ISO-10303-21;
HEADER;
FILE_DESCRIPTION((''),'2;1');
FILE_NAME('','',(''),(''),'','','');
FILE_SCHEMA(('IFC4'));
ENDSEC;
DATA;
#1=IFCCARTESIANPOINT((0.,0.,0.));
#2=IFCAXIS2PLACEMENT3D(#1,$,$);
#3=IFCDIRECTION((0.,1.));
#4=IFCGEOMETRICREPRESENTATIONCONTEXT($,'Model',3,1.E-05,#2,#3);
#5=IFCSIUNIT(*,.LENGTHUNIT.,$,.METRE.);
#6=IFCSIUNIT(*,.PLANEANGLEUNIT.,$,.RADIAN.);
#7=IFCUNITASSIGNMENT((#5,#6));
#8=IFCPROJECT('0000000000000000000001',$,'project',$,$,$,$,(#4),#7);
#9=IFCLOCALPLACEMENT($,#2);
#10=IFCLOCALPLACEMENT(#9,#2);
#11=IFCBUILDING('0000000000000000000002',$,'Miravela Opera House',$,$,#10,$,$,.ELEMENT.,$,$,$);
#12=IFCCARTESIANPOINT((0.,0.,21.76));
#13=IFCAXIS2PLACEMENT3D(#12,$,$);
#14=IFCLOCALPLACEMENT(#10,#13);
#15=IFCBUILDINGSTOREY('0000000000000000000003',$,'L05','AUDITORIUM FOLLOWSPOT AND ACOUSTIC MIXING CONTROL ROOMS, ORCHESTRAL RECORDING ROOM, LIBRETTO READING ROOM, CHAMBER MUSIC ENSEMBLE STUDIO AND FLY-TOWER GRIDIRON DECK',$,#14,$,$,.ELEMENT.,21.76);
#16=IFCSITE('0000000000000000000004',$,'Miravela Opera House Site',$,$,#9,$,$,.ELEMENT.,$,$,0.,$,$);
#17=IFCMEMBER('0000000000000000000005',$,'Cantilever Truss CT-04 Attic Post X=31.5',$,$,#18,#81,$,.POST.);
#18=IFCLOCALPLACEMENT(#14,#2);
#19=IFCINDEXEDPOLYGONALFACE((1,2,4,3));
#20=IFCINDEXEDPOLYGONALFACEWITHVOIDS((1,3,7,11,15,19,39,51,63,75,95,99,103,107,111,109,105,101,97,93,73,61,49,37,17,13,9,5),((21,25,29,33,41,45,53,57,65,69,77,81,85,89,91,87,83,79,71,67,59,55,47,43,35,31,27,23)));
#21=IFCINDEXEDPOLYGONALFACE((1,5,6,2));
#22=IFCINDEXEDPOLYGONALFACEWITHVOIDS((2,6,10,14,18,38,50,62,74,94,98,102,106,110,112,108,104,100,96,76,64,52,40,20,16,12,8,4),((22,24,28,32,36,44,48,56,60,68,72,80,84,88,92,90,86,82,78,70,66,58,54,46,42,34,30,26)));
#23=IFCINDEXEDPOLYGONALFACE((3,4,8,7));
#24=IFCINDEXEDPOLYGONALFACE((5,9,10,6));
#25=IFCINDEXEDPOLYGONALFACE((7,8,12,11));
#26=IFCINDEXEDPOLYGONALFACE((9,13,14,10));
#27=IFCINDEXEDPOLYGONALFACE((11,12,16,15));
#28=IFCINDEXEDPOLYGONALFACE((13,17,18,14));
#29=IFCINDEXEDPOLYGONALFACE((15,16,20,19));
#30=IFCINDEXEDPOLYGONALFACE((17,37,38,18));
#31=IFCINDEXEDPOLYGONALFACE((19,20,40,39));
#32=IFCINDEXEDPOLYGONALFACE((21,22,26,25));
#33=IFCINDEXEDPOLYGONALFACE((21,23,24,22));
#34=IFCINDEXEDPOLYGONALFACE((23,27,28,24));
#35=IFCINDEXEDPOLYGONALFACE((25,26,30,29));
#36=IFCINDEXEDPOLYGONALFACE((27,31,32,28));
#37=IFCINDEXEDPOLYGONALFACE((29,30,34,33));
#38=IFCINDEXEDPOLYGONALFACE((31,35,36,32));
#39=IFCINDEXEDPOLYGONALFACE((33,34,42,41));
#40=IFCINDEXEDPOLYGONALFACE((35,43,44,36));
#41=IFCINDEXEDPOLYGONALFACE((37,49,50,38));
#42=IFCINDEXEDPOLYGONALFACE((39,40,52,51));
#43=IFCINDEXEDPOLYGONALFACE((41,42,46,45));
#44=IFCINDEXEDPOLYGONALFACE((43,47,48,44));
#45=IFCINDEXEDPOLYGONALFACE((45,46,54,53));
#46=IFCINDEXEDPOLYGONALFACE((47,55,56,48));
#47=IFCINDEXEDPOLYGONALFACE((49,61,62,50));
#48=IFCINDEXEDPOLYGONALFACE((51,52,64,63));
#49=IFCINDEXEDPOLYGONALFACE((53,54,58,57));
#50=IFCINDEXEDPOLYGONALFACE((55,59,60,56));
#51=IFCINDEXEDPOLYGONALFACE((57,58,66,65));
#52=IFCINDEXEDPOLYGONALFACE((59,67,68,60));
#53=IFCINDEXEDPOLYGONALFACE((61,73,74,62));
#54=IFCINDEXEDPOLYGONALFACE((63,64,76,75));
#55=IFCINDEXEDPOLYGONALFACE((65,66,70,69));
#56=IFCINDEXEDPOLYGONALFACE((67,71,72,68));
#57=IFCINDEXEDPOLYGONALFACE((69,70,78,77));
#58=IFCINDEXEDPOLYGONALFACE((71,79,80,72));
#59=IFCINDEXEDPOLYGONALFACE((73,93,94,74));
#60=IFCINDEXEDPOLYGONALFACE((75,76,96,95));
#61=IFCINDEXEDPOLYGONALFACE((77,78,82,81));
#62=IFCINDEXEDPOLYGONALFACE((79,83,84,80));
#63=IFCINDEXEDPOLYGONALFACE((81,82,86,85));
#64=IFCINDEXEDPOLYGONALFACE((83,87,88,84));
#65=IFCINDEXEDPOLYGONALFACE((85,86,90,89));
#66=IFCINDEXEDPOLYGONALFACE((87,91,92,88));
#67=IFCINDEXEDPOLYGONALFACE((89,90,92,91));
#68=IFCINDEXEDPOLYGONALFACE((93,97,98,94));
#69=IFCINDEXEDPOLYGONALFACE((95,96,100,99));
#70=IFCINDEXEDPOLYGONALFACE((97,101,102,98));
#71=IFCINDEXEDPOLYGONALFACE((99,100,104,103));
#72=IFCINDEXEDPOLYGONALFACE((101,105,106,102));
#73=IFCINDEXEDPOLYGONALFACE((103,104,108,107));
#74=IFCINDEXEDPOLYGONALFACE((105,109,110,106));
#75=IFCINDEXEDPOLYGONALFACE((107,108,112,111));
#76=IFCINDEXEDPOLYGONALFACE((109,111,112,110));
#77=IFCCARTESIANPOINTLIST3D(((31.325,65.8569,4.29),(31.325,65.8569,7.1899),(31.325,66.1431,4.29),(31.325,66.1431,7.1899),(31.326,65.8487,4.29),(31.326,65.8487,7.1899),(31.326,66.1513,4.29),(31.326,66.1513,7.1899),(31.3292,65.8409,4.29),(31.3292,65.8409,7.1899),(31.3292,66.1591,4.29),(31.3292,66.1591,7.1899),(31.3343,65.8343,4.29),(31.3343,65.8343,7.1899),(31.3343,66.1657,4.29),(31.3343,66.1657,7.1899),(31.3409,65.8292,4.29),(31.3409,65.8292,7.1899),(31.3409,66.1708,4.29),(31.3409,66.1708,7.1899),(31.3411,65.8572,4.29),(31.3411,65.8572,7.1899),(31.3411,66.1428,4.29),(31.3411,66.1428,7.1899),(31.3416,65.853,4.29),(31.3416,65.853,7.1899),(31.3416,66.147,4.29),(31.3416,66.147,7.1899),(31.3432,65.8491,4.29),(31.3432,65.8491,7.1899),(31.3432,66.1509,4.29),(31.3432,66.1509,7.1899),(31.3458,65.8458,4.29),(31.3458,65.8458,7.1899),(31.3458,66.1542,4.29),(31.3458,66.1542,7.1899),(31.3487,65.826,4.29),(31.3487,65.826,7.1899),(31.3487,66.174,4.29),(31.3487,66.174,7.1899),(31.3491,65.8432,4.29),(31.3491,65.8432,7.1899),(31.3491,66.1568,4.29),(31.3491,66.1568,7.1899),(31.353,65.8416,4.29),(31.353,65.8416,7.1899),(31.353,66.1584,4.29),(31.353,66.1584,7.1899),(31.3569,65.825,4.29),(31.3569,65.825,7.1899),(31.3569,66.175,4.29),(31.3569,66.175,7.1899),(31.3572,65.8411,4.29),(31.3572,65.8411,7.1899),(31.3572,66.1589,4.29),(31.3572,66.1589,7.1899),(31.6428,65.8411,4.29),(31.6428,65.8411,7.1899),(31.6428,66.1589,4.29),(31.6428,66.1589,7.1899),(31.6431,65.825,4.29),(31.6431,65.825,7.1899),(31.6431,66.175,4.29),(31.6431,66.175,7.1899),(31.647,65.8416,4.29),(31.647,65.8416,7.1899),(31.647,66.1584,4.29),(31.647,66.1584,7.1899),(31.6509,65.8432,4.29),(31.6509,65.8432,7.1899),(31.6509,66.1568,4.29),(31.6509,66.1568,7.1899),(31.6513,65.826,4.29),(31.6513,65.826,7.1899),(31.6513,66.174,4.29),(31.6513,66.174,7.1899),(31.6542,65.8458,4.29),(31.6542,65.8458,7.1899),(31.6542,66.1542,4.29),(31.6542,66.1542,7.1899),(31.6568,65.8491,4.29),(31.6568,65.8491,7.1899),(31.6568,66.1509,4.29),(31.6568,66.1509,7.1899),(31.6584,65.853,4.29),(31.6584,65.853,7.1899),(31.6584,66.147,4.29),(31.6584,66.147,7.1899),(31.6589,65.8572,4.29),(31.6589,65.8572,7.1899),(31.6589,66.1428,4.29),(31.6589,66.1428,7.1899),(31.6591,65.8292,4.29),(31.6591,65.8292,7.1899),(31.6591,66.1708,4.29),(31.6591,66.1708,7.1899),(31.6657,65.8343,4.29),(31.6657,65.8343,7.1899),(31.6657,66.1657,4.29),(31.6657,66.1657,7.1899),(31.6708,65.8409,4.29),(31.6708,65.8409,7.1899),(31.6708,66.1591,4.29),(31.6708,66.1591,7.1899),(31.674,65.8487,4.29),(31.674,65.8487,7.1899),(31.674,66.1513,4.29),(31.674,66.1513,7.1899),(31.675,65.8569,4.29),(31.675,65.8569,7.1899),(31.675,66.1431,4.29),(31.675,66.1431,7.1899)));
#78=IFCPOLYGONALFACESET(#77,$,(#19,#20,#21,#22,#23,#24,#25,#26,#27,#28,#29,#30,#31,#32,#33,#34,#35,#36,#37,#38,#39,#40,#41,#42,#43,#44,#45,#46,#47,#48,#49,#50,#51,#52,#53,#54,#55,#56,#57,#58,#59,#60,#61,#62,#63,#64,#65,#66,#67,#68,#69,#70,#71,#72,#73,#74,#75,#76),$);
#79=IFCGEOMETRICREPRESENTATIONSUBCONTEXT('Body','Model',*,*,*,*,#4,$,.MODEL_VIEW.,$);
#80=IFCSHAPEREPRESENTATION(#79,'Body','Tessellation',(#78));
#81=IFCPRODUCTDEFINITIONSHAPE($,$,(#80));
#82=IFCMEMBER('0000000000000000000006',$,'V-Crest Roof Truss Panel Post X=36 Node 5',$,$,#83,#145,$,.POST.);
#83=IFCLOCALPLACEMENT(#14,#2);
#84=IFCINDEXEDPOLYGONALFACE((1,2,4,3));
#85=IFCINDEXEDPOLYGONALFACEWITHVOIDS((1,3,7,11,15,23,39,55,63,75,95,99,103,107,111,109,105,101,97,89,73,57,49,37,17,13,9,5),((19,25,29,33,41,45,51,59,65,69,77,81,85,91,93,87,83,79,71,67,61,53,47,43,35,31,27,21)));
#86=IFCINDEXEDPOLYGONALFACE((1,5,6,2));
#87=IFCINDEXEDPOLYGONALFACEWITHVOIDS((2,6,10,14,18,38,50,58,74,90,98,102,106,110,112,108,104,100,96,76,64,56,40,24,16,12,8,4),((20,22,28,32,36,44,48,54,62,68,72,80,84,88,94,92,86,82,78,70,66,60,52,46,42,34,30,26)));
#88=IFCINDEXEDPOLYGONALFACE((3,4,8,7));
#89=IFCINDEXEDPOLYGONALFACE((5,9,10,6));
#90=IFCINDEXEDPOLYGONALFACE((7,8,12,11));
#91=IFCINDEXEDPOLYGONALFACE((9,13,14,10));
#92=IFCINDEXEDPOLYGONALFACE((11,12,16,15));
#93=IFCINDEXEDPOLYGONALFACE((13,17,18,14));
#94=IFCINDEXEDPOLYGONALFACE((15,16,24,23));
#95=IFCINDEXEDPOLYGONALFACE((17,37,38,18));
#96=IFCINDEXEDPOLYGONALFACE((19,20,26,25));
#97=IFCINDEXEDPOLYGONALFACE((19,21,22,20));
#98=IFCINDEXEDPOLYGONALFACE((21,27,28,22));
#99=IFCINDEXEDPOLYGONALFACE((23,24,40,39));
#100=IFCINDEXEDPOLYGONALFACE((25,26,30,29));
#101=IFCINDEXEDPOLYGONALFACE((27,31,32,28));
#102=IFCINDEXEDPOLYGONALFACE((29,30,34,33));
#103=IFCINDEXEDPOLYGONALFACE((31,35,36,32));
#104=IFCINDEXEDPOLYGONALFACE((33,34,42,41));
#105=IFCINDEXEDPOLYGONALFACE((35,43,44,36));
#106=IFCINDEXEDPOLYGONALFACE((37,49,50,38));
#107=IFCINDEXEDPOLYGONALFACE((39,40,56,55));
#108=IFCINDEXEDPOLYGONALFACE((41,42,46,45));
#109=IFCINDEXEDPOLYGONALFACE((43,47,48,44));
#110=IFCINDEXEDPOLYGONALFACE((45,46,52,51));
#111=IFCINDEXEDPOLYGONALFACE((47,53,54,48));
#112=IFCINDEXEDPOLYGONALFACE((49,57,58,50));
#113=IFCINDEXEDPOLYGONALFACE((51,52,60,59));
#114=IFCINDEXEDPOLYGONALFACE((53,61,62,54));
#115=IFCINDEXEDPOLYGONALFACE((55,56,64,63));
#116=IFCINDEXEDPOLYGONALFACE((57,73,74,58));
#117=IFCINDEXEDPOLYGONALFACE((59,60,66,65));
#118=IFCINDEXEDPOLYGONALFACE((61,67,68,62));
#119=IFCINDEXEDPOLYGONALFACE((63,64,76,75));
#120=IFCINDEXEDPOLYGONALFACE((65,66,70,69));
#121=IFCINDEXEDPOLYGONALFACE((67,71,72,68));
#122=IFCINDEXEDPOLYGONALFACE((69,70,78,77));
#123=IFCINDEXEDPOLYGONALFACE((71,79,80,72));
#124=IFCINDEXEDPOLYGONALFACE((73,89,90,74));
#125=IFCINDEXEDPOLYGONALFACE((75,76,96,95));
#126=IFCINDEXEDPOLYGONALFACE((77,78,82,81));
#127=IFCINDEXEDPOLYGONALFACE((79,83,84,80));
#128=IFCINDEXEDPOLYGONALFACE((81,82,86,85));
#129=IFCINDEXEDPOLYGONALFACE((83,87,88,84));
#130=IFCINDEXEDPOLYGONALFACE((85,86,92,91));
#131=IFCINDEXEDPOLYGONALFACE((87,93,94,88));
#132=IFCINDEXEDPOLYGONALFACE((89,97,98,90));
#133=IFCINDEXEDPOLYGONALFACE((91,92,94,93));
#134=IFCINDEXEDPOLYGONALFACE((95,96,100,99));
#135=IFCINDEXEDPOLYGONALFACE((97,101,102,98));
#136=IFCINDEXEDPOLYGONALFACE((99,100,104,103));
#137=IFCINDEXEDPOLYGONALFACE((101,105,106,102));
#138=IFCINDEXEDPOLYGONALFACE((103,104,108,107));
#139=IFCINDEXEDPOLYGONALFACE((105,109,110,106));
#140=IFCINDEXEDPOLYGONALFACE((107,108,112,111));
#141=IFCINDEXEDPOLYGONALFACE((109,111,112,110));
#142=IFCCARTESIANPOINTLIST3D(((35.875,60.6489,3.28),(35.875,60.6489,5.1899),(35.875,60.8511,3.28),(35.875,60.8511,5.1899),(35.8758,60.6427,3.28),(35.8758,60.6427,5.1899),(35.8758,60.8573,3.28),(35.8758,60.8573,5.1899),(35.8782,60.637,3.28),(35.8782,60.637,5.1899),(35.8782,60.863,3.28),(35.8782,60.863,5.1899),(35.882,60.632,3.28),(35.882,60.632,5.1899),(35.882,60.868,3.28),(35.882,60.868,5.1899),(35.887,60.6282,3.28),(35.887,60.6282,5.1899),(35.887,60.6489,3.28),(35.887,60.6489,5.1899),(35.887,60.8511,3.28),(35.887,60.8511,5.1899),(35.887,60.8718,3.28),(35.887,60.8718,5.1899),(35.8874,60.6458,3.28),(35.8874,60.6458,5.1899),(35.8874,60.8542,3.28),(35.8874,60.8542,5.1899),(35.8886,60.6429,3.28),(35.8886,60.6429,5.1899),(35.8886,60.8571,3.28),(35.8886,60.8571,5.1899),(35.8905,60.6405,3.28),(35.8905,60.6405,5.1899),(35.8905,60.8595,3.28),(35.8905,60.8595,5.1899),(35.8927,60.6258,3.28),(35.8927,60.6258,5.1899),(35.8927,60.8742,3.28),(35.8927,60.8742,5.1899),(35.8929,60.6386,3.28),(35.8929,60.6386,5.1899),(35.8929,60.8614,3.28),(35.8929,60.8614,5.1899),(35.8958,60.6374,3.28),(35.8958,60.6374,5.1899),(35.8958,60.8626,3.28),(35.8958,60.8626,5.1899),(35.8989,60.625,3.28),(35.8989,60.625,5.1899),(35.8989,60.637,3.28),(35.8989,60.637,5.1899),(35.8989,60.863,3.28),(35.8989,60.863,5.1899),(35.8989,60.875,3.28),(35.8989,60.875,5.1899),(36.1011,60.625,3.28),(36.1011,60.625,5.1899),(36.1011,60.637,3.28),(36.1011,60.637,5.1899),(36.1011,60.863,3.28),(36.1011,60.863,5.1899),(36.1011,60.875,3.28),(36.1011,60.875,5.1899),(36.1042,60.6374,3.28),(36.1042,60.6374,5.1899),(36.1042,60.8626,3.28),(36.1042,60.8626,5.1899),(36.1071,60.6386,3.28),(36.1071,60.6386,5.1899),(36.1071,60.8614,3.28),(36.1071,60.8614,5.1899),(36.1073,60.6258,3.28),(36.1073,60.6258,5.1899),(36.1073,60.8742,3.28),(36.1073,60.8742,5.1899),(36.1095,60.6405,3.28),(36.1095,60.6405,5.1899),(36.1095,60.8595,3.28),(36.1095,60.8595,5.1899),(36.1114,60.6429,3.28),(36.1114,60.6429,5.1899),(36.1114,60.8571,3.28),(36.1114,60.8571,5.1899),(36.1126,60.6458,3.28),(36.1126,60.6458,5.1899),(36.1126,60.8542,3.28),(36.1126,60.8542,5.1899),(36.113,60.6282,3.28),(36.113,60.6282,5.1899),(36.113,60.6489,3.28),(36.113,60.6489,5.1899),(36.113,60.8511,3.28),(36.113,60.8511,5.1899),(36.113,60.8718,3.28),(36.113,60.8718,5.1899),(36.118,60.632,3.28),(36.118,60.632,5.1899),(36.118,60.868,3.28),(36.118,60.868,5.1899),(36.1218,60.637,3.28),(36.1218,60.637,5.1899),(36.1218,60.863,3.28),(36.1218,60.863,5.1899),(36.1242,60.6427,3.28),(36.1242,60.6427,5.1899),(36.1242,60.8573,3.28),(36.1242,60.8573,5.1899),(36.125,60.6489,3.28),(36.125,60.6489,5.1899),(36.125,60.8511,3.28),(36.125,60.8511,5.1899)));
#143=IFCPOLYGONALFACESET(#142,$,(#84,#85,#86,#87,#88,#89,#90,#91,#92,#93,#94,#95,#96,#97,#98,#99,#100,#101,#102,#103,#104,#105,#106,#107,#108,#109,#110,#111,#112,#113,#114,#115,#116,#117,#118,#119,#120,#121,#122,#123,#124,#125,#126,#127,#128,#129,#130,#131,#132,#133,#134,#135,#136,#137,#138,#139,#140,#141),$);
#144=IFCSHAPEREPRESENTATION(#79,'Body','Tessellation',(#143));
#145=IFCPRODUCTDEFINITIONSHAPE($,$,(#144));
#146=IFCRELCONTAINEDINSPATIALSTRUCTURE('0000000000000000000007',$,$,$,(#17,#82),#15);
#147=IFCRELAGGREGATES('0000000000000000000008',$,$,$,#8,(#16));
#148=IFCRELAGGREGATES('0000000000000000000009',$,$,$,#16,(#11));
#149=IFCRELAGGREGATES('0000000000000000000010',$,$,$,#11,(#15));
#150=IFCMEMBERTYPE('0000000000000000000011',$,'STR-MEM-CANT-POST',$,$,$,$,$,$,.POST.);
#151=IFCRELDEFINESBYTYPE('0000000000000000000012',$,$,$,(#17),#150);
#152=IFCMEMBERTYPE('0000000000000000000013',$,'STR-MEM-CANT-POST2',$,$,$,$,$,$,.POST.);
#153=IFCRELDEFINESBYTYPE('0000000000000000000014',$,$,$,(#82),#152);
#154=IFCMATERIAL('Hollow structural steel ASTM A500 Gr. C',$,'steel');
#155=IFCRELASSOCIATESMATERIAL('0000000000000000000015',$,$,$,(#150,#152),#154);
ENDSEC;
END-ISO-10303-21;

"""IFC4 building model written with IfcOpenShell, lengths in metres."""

from ifc_helpers import new_model, si_unit, direction, frame, origin, origin_2d, place, context, subcontext, project, spatial, hollow_rectangle, extrude, material, material_profile, profile_set, type_object, element, save


model = new_model("IFC4")

# Units and contexts
model_context = context("Model", 3, precision=1e-05, world=origin(), true_north=direction((0.0, 1.0)))
body_context = subcontext(model_context, "Body", "Model", "MODEL_VIEW")
ifc_project = project(units=[si_unit("LENGTHUNIT", "METRE"), si_unit("PLANEANGLEUNIT", "RADIAN")], contexts=[model_context])

# Site, building, storey
site_placement = place(None, origin())
site = spatial("IfcSite", under=ifc_project, at=site_placement, Name="Miravela Opera House Site", CompositionType="ELEMENT", RefElevation=0.0)
building_placement = place(site_placement, origin())
building = spatial("IfcBuilding", under=site, at=building_placement, Name="Miravela Opera House", CompositionType="ELEMENT")
storey_placement = place(building_placement, frame((0.0, 0.0, 21.76)))
storey = spatial("IfcBuildingStorey", under=building, at=storey_placement, Name="L05", Description="AUDITORIUM FOLLOWSPOT AND ACOUSTIC MIXING CONTROL ROOMS, ORCHESTRAL RECORDING ROOM, LIBRETTO READING ROOM, CHAMBER MUSIC ENSEMBLE STUDIO AND FLY-TOWER GRIDIRON DECK", CompositionType="ELEMENT", Elevation=21.76)

# Members
ifc_material_1 = material(Name="Hollow structural steel ASTM A500 Gr. C", Category="steel")
ifc_material_profile_1 = material_profile(ifc_material_1, hollow_rectangle(XDim=0.3501, YDim=0.3501, WallThickness=0.0161, InnerFilletRadius=0.0161, OuterFilletRadius=0.032, at=origin_2d()), Name="HSS350X350X16")
ifc_profile_set_1 = profile_set([ifc_material_profile_1])
member_type_1 = type_object("IfcMemberType", Name="STR-MEM-CANT-POST", PredefinedType="POST", material=ifc_profile_set_1)
for number, where, z_axis, x_axis, name in (
    (1, (31.5, 66.0, 4.29), (0.0, 0.0, 1.0), (1.0, 0.0, 0.0), "Cantilever Truss CT-04 Attic Post X=31.5"),
):
    element("IfcMember", number, at=place(storey_placement, frame(where, z_axis=z_axis, x_axis=x_axis)), inside=storey, type_object=member_type_1, Name=name, PredefinedType="POST", context=body_context, shape_type="SweptSolid", body=[
        extrude(hollow_rectangle(XDim=0.3501, YDim=0.3501, WallThickness=0.0161, InnerFilletRadius=0.0161, OuterFilletRadius=0.032, at=origin_2d()), origin(), (0.0, 0.0, 1.0), 2.8999),
    ])
ifc_material_profile_2 = material_profile(ifc_material_1, hollow_rectangle(XDim=0.25, YDim=0.25, WallThickness=0.012, InnerFilletRadius=0.012, OuterFilletRadius=0.0239, at=origin_2d()), Name="HSS250X250X12")
ifc_profile_set_2 = profile_set([ifc_material_profile_2])
member_type_2 = type_object("IfcMemberType", Name="STR-MEM-CANT-POST2", PredefinedType="POST", material=ifc_profile_set_2)
member_1_placement = place(storey_placement, frame((36.0, 60.75, 3.28), z_axis=(0.0, 0.0, 1.0), x_axis=(1.0, 0.0, 0.0)))
element("IfcMember", 2, at=member_1_placement, inside=storey, type_object=member_type_2, Name="V-Crest Roof Truss Panel Post X=36 Node 5", PredefinedType="POST", context=body_context, shape_type="SweptSolid", body=[
    extrude(hollow_rectangle(XDim=0.25, YDim=0.25, WallThickness=0.012, InnerFilletRadius=0.012, OuterFilletRadius=0.0239, at=origin_2d()), origin(), (0.0, 0.0, 1.0), 1.9099),
])

save(model, "model.ifc")
